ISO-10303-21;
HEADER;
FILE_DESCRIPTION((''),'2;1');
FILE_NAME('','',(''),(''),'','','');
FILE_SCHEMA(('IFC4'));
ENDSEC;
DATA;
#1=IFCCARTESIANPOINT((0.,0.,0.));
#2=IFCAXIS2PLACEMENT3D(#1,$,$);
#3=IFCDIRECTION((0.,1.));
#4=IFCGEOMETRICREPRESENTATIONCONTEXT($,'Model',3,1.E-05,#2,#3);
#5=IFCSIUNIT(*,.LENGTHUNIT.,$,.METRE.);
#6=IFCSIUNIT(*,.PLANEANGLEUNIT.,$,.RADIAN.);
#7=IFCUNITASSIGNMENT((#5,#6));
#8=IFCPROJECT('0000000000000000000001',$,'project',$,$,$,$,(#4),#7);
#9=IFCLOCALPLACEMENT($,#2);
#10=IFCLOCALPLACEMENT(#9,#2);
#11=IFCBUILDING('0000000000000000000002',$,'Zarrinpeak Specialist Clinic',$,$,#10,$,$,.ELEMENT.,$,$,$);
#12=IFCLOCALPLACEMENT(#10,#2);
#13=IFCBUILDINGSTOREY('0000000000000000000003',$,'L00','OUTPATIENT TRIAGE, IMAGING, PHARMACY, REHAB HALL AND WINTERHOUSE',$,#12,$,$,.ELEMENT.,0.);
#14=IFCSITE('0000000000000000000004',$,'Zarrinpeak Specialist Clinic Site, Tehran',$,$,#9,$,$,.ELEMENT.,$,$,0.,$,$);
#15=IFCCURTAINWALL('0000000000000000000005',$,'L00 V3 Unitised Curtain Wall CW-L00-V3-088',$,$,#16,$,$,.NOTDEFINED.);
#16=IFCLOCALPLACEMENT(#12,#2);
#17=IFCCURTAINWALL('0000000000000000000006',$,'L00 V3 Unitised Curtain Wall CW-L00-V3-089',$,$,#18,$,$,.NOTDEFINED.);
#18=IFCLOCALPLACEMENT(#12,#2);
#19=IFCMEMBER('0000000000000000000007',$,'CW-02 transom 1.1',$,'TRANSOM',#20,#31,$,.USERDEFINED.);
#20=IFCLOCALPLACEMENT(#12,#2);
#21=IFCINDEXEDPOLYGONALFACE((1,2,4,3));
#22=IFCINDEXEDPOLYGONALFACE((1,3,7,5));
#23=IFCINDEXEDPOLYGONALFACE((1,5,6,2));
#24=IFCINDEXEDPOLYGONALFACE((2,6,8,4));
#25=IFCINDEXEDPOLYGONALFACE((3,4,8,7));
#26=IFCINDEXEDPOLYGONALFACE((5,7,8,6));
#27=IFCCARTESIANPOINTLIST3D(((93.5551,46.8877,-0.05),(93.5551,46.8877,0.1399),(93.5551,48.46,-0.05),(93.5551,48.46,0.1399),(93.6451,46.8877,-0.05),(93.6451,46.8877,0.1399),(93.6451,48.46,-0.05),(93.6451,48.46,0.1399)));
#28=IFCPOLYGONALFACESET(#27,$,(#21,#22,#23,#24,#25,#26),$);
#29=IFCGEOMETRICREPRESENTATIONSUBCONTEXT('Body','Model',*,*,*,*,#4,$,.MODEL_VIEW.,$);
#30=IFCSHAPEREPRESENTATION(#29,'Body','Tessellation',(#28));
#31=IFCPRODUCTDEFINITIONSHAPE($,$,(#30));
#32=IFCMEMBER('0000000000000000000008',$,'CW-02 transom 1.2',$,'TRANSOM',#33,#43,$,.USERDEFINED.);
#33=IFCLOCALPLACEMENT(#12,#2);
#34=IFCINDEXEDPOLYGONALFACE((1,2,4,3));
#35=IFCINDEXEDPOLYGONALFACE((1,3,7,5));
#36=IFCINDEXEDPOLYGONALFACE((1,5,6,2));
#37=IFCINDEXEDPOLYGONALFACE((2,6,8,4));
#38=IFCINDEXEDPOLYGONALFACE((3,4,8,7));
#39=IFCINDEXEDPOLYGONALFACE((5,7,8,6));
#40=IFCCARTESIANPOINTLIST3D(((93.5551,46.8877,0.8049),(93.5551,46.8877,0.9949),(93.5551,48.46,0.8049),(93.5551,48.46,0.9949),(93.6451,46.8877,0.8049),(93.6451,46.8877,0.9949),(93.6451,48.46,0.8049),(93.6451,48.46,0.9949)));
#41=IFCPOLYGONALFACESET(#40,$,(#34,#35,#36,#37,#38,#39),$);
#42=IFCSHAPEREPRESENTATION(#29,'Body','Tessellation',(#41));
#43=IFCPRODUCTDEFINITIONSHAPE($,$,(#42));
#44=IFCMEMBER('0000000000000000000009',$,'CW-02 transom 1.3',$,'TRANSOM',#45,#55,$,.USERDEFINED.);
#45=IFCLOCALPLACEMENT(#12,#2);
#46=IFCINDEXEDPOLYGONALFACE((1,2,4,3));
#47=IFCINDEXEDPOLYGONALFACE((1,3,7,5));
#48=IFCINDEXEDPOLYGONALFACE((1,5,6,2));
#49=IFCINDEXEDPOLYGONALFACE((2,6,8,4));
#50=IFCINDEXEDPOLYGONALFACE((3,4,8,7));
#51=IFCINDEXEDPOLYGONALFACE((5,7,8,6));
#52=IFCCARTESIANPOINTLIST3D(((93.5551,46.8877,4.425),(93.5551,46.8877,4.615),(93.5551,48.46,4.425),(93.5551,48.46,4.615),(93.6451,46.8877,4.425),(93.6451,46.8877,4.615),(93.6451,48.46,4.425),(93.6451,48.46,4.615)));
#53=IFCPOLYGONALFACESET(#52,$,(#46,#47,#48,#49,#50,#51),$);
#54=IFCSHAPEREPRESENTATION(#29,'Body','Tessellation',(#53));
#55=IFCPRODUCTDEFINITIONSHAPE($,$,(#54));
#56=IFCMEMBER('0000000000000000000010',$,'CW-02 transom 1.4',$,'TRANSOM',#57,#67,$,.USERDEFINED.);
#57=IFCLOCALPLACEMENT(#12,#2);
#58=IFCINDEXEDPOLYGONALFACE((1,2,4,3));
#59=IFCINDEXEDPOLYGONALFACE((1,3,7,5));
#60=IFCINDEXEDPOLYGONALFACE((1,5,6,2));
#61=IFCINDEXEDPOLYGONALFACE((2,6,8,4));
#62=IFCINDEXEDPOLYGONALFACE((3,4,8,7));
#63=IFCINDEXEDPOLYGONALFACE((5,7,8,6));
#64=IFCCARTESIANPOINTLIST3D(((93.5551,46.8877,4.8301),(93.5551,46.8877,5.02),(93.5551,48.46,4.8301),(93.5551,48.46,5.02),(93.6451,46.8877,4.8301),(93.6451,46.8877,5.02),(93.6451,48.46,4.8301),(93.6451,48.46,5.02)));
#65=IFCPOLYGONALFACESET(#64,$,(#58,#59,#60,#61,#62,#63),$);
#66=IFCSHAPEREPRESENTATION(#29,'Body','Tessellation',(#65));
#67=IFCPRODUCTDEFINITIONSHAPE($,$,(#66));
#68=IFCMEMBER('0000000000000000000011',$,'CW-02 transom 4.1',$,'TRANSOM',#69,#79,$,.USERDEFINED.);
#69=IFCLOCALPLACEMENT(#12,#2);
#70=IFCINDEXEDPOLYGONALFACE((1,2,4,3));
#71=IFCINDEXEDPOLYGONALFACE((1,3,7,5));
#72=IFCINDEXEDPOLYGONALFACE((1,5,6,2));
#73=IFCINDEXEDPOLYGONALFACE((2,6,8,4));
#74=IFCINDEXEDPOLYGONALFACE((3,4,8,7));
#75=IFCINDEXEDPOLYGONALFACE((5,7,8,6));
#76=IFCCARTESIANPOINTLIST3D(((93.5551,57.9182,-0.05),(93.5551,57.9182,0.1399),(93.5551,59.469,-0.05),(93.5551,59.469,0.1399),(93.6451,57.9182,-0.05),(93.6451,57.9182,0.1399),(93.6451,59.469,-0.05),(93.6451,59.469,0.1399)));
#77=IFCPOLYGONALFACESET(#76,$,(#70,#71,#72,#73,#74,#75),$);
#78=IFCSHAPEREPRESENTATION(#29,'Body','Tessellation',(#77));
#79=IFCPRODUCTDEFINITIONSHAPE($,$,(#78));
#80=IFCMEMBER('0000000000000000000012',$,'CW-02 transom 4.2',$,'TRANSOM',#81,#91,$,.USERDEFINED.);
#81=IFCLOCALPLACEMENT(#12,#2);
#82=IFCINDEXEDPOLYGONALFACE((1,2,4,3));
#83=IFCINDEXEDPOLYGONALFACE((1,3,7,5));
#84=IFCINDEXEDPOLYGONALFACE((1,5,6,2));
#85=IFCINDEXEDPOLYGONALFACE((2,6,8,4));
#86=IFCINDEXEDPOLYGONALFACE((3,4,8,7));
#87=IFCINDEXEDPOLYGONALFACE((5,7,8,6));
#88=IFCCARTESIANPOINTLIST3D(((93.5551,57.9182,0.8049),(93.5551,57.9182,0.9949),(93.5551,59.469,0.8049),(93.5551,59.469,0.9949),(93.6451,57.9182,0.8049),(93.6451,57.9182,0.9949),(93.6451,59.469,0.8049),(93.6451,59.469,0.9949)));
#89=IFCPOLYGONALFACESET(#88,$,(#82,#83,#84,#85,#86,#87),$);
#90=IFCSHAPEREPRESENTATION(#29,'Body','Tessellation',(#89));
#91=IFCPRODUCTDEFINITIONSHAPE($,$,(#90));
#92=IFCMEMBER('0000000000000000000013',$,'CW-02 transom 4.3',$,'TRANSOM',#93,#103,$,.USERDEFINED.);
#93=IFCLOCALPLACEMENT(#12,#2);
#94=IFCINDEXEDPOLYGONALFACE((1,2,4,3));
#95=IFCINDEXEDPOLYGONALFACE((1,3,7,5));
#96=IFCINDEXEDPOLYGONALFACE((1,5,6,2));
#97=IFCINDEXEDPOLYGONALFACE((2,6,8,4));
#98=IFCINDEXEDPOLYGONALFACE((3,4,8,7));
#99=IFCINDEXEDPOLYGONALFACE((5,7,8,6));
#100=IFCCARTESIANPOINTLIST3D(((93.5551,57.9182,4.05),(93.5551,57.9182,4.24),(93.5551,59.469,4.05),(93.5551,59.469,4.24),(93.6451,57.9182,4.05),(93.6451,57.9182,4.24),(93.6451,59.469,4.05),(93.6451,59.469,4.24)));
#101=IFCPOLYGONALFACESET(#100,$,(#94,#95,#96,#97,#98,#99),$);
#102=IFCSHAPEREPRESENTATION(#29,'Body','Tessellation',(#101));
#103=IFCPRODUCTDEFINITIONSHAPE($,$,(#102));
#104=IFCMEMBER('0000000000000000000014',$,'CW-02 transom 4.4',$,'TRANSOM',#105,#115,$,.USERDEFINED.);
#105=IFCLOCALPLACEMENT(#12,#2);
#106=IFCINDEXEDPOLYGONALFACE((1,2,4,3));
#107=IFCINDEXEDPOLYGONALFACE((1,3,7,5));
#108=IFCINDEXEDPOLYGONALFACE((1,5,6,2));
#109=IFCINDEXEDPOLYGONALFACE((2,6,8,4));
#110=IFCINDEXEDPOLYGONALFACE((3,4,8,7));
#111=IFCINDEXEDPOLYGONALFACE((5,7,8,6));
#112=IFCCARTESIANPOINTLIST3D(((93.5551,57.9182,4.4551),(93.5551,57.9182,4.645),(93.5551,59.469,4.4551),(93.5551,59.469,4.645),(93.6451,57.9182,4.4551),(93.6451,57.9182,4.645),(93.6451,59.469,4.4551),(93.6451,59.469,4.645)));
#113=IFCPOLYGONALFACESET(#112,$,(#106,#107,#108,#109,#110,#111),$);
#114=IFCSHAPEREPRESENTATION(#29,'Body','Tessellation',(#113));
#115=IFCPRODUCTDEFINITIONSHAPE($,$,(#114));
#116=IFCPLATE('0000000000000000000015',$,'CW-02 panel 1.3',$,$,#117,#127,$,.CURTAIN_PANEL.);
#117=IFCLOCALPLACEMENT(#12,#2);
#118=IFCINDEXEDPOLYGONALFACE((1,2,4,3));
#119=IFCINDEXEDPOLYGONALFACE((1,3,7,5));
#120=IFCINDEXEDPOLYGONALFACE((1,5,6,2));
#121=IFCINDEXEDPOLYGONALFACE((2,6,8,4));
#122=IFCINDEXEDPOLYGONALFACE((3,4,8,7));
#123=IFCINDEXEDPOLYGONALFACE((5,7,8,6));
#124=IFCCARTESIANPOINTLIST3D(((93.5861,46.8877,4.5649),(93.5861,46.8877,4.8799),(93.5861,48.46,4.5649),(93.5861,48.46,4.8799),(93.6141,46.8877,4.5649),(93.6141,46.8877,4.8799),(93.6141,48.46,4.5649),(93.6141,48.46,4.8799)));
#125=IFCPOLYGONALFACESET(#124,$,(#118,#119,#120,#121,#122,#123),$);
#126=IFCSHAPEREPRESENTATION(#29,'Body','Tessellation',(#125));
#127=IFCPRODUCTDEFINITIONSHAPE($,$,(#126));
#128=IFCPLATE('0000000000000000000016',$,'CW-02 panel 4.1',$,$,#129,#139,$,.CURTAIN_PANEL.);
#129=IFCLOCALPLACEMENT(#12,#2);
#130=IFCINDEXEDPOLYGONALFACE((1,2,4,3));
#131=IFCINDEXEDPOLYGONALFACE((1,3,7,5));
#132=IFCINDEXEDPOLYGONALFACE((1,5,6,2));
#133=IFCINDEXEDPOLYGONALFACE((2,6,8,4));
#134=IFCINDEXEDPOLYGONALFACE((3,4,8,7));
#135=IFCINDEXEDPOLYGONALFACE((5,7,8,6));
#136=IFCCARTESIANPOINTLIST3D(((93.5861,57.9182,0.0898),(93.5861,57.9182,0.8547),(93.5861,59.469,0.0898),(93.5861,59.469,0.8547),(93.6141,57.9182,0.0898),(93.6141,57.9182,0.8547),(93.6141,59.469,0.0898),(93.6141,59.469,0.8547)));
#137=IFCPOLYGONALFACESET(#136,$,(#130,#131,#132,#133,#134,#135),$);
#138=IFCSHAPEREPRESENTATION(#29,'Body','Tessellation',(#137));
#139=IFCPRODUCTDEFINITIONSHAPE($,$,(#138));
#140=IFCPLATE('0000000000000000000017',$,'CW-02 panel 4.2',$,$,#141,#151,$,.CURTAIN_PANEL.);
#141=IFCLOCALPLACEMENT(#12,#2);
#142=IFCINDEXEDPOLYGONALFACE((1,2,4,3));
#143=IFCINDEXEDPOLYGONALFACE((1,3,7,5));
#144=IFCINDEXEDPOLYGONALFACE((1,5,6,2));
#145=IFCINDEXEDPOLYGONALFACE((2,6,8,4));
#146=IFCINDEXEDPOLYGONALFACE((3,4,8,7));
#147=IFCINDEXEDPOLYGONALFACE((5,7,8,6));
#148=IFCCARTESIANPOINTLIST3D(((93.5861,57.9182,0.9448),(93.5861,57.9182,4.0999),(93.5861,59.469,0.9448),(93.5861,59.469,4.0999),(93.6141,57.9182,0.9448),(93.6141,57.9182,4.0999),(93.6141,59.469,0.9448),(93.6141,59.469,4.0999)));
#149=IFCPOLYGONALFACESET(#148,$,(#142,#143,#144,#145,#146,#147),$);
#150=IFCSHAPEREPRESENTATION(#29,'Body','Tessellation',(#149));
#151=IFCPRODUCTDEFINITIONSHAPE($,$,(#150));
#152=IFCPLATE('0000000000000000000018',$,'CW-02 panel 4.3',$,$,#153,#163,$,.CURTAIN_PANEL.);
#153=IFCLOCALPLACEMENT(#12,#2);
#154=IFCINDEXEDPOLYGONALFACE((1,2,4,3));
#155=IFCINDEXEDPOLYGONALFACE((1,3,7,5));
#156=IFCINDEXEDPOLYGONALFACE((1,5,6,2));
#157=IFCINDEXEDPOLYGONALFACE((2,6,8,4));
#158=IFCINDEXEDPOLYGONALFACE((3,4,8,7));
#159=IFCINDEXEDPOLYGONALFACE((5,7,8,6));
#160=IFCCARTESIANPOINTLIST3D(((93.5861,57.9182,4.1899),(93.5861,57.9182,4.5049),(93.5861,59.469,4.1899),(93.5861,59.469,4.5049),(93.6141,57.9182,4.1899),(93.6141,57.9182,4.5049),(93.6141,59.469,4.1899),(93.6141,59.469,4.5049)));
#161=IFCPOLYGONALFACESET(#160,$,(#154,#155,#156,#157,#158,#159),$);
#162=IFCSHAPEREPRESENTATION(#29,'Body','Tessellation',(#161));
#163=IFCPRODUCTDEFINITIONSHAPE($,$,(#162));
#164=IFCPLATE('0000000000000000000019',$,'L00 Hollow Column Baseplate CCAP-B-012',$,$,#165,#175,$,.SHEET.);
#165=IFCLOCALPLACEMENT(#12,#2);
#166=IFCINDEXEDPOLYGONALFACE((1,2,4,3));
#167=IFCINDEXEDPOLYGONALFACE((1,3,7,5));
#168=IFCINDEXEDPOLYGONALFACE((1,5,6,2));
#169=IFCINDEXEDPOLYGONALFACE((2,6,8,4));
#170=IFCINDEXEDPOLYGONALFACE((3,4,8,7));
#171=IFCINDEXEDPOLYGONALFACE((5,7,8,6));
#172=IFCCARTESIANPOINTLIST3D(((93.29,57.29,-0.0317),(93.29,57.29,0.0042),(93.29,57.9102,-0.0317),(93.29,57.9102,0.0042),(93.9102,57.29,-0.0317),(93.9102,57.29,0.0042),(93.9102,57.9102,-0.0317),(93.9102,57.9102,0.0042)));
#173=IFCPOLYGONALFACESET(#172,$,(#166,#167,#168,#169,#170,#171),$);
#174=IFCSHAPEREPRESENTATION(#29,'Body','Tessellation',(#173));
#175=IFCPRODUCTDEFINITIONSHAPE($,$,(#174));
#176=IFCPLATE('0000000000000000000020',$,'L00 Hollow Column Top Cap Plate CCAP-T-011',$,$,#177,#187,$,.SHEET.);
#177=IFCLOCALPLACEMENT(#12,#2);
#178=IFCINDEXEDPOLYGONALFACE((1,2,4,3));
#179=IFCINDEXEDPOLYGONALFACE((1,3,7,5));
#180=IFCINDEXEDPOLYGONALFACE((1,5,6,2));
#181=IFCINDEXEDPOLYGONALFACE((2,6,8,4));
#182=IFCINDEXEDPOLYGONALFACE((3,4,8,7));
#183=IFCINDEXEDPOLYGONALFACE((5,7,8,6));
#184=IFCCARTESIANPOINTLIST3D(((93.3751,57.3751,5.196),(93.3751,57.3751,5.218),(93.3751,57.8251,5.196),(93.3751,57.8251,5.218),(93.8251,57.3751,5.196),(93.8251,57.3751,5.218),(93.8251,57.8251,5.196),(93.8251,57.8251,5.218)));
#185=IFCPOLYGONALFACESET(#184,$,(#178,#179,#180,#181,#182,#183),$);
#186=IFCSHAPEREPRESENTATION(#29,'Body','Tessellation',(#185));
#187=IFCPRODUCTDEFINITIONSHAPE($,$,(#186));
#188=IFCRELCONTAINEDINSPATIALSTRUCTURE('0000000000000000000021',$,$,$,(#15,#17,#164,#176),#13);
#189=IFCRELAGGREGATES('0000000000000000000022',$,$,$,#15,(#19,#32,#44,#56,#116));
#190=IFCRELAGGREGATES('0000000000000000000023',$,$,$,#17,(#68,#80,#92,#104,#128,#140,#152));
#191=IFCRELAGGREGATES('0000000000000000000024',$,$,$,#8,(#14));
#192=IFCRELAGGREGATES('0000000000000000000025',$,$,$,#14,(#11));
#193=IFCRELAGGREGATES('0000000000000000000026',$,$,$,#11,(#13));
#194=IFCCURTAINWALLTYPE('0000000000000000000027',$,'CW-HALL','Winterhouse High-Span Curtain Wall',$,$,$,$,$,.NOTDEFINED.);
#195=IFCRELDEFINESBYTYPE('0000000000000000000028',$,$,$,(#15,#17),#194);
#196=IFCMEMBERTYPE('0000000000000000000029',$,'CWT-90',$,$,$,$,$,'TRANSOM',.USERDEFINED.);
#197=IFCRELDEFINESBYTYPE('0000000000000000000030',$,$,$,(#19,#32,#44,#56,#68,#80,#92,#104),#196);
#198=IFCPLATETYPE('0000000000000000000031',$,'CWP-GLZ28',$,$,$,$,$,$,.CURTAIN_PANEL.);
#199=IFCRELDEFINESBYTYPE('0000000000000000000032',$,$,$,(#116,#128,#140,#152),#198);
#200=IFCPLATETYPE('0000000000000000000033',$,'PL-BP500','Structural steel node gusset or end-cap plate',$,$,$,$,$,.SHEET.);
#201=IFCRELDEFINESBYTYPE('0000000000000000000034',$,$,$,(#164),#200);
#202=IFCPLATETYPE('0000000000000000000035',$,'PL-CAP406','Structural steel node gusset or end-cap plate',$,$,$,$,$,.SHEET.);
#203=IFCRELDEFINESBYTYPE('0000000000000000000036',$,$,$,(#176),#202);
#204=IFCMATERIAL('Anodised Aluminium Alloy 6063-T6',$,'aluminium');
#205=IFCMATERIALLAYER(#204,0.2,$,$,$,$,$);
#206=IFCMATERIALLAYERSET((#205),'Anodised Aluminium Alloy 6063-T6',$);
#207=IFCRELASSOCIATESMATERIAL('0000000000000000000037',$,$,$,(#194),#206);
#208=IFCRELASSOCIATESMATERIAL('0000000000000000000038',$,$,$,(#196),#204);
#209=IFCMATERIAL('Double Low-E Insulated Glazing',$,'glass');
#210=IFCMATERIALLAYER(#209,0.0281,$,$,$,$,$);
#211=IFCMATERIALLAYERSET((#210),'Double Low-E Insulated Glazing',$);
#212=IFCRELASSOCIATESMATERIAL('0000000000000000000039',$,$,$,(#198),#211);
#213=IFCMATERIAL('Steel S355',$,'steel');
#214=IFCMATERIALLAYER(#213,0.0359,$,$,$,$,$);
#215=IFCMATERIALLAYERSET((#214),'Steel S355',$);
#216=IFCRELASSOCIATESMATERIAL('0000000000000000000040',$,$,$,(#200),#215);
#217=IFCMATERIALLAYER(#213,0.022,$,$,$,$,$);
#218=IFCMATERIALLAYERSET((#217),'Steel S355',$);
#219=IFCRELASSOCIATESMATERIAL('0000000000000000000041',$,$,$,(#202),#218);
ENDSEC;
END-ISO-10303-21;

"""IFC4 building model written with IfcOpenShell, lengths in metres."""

from ifc_helpers import new_model, si_unit, direction, frame, origin, origin_2d, place, context, subcontext, project, spatial, rectangle, extrude, material, layer, layer_set, material_profile, profile_set, type_object, element, aggregate, save


model = new_model("IFC4")

# Units and contexts
model_context = context("Model", 3, precision=1e-05, world=origin(), true_north=direction((0.0, 1.0)))
body_context = subcontext(model_context, "Body", "Model", "MODEL_VIEW")
ifc_project = project(units=[si_unit("LENGTHUNIT", "METRE"), si_unit("PLANEANGLEUNIT", "RADIAN")], contexts=[model_context])

# Site, building, storey
site_placement = place(None, origin())
site = spatial("IfcSite", under=ifc_project, at=site_placement, Name="Zarrinpeak Specialist Clinic Site, Tehran", CompositionType="ELEMENT", RefElevation=0.0)
building_placement = place(site_placement, origin())
building = spatial("IfcBuilding", under=site, at=building_placement, Name="Zarrinpeak Specialist Clinic", CompositionType="ELEMENT")
storey_placement = place(building_placement, origin())
storey = spatial("IfcBuildingStorey", under=building, at=storey_placement, Name="L00", Description="OUTPATIENT TRIAGE, IMAGING, PHARMACY, REHAB HALL AND WINTERHOUSE", CompositionType="ELEMENT", Elevation=0.0)

# Shared definitions
ifc_material_1 = material(Name="Steel S355", Category="steel")

# Curtain walls
ifc_material_2 = material(Name="Anodised Aluminium Alloy 6063-T6", Category="aluminium")
ifc_layer_1 = layer(ifc_material_2, 0.2)
ifc_layer_set_1 = layer_set([ifc_layer_1], Name="Anodised Aluminium Alloy 6063-T6")
curtain_wall_type = type_object("IfcCurtainWallType", Name="CW-HALL", Description="Winterhouse High-Span Curtain Wall", PredefinedType="NOTDEFINED", material=ifc_layer_set_1)
curtain_wall_1_placement = place(storey_placement, origin())
curtain_wall_1 = element("IfcCurtainWall", 1, at=curtain_wall_1_placement, inside=storey, type_object=curtain_wall_type, Name="L00 V3 Unitised Curtain Wall CW-L00-V3-088", PredefinedType="NOTDEFINED")
curtain_wall_2_placement = place(storey_placement, origin())
curtain_wall_2 = element("IfcCurtainWall", 2, at=curtain_wall_2_placement, inside=storey, type_object=curtain_wall_type, Name="L00 V3 Unitised Curtain Wall CW-L00-V3-089", PredefinedType="NOTDEFINED")

# Members
ifc_material_profile_1 = material_profile(ifc_material_2, rectangle(XDim=0.0901, YDim=0.1899, at=origin_2d()), Name="ALU 90x190")
ifc_profile_set_1 = profile_set([ifc_material_profile_1], Name="Anodised Aluminium Alloy 6063-T6")
member_type_1 = type_object("IfcMemberType", Name="CWT-90", ElementType="TRANSOM", PredefinedType="USERDEFINED", material=ifc_profile_set_1)
member_1_placement = place(storey_placement, frame((93.6001, 48.46, 0.0449), z_axis=(0.0, -1.0, 0.0), x_axis=(1.0, 0.0, 0.0)))
member_1 = element("IfcMember", 3, at=member_1_placement, type_object=member_type_1, Name="CW-02 transom 1.1", ObjectType="TRANSOM", PredefinedType="USERDEFINED", context=body_context, shape_type="SweptSolid", body=[
    extrude(rectangle(XDim=0.0901, YDim=0.1899, at=origin_2d()), origin(), (0.0, 0.0, 1.0), 1.5723),
])
member_2_placement = place(storey_placement, frame((93.6001, 48.46, 0.8999), z_axis=(0.0, -1.0, 0.0), x_axis=(1.0, 0.0, 0.0)))
member_2 = element("IfcMember", 4, at=member_2_placement, type_object=member_type_1, Name="CW-02 transom 1.2", ObjectType="TRANSOM", PredefinedType="USERDEFINED", context=body_context, shape_type="SweptSolid", body=[
    extrude(rectangle(XDim=0.0901, YDim=0.1899, at=origin_2d()), origin(), (0.0, 0.0, 1.0), 1.5723),
])
member_3_placement = place(storey_placement, frame((93.6001, 48.46, 4.52), z_axis=(0.0, -1.0, 0.0), x_axis=(1.0, 0.0, 0.0)))
member_3 = element("IfcMember", 5, at=member_3_placement, type_object=member_type_1, Name="CW-02 transom 1.3", ObjectType="TRANSOM", PredefinedType="USERDEFINED", context=body_context, shape_type="SweptSolid", body=[
    extrude(rectangle(XDim=0.0901, YDim=0.1899, at=origin_2d()), origin(), (0.0, 0.0, 1.0), 1.5723),
])
member_4_placement = place(storey_placement, frame((93.6001, 48.46, 4.925), z_axis=(0.0, -1.0, 0.0), x_axis=(1.0, 0.0, 0.0)))
member_4 = element("IfcMember", 6, at=member_4_placement, type_object=member_type_1, Name="CW-02 transom 1.4", ObjectType="TRANSOM", PredefinedType="USERDEFINED", context=body_context, shape_type="SweptSolid", body=[
    extrude(rectangle(XDim=0.0901, YDim=0.1899, at=origin_2d()), origin(), (0.0, 0.0, 1.0), 1.5723),
])
member_5_placement = place(storey_placement, frame((93.6001, 59.469, 0.0449), z_axis=(0.0, -1.0, 0.0), x_axis=(1.0, 0.0, 0.0)))
member_5 = element("IfcMember", 7, at=member_5_placement, type_object=member_type_1, Name="CW-02 transom 4.1", ObjectType="TRANSOM", PredefinedType="USERDEFINED", context=body_context, shape_type="SweptSolid", body=[
    extrude(rectangle(XDim=0.0901, YDim=0.1899, at=origin_2d()), origin(), (0.0, 0.0, 1.0), 1.5508),
])
member_6_placement = place(storey_placement, frame((93.6001, 59.469, 0.8999), z_axis=(0.0, -1.0, 0.0), x_axis=(1.0, 0.0, 0.0)))
member_6 = element("IfcMember", 8, at=member_6_placement, type_object=member_type_1, Name="CW-02 transom 4.2", ObjectType="TRANSOM", PredefinedType="USERDEFINED", context=body_context, shape_type="SweptSolid", body=[
    extrude(rectangle(XDim=0.0901, YDim=0.1899, at=origin_2d()), origin(), (0.0, 0.0, 1.0), 1.5508),
])
member_7_placement = place(storey_placement, frame((93.6001, 59.469, 4.145), z_axis=(0.0, -1.0, 0.0), x_axis=(1.0, 0.0, 0.0)))
member_7 = element("IfcMember", 9, at=member_7_placement, type_object=member_type_1, Name="CW-02 transom 4.3", ObjectType="TRANSOM", PredefinedType="USERDEFINED", context=body_context, shape_type="SweptSolid", body=[
    extrude(rectangle(XDim=0.0901, YDim=0.1899, at=origin_2d()), origin(), (0.0, 0.0, 1.0), 1.5508),
])
member_8_placement = place(storey_placement, frame((93.6001, 59.469, 4.55), z_axis=(0.0, -1.0, 0.0), x_axis=(1.0, 0.0, 0.0)))
member_8 = element("IfcMember", 10, at=member_8_placement, type_object=member_type_1, Name="CW-02 transom 4.4", ObjectType="TRANSOM", PredefinedType="USERDEFINED", context=body_context, shape_type="SweptSolid", body=[
    extrude(rectangle(XDim=0.0901, YDim=0.1899, at=origin_2d()), origin(), (0.0, 0.0, 1.0), 1.5508),
])

# Plates
ifc_material_3 = material(Name="Double Low-E Insulated Glazing", Category="glass")
ifc_layer_2 = layer(ifc_material_3, 0.0281)
ifc_layer_set_2 = layer_set([ifc_layer_2], Name="Double Low-E Insulated Glazing")
plate_type_1 = type_object("IfcPlateType", Name="CWP-GLZ28", PredefinedType="CURTAIN_PANEL", material=ifc_layer_set_2)
plate_1_placement = place(storey_placement, frame((93.6001, 47.6738, 4.5649), z_axis=(0.0, 0.0, 1.0), x_axis=(0.0, -1.0, 0.0)))
plate_1 = element("IfcPlate", 11, at=plate_1_placement, type_object=plate_type_1, Name="CW-02 panel 1.3", PredefinedType="CURTAIN_PANEL", context=body_context, shape_type="SweptSolid", body=[
    extrude(rectangle(XDim=1.5723, YDim=0.0281, at=origin_2d()), origin(), (0.0, 0.0, 1.0), 0.3149),
])
aggregate(curtain_wall_1, [member_1, member_2, member_3, member_4, plate_1])
plate_2_placement = place(storey_placement, frame((93.6001, 58.6936, 0.0898), z_axis=(0.0, 0.0, 1.0), x_axis=(0.0, -1.0, 0.0)))
plate_2 = element("IfcPlate", 12, at=plate_2_placement, type_object=plate_type_1, Name="CW-02 panel 4.1", PredefinedType="CURTAIN_PANEL", context=body_context, shape_type="SweptSolid", body=[
    extrude(rectangle(XDim=1.5508, YDim=0.0281, at=origin_2d()), origin(), (0.0, 0.0, 1.0), 0.7649),
])
plate_3_placement = place(storey_placement, frame((93.6001, 58.6936, 0.9448), z_axis=(0.0, 0.0, 1.0), x_axis=(0.0, -1.0, 0.0)))
plate_3 = element("IfcPlate", 13, at=plate_3_placement, type_object=plate_type_1, Name="CW-02 panel 4.2", PredefinedType="CURTAIN_PANEL", context=body_context, shape_type="SweptSolid", body=[
    extrude(rectangle(XDim=1.5508, YDim=0.0281, at=origin_2d()), origin(), (0.0, 0.0, 1.0), 3.155),
])
plate_4_placement = place(storey_placement, frame((93.6001, 58.6936, 4.1899), z_axis=(0.0, 0.0, 1.0), x_axis=(0.0, -1.0, 0.0)))
plate_4 = element("IfcPlate", 14, at=plate_4_placement, type_object=plate_type_1, Name="CW-02 panel 4.3", PredefinedType="CURTAIN_PANEL", context=body_context, shape_type="SweptSolid", body=[
    extrude(rectangle(XDim=1.5508, YDim=0.0281, at=origin_2d()), origin(), (0.0, 0.0, 1.0), 0.3149),
])
aggregate(curtain_wall_2, [member_5, member_6, member_7, member_8, plate_2, plate_3, plate_4])

# Plates
ifc_layer_3 = layer(ifc_material_1, 0.0359)
ifc_layer_set_3 = layer_set([ifc_layer_3], Name="Steel S355")
plate_type_2 = type_object("IfcPlateType", Name="PL-BP500", Description="Structural steel node gusset or end-cap plate", PredefinedType="SHEET", material=ifc_layer_set_3)
plate_5_placement = place(storey_placement, frame((93.6001, 57.6001, -0.0317), z_axis=(0.0, 0.0, 1.0), x_axis=(1.0, 0.0, 0.0)))
element("IfcPlate", 15, at=plate_5_placement, inside=storey, type_object=plate_type_2, Name="L00 Hollow Column Baseplate CCAP-B-012", PredefinedType="SHEET", context=body_context, shape_type="SweptSolid", body=[
    extrude(rectangle(XDim=0.6201, YDim=0.6201, at=origin_2d()), origin(), (0.0, 0.0, 1.0), 0.0359),
])
ifc_layer_4 = layer(ifc_material_1, 0.022)
ifc_layer_set_4 = layer_set([ifc_layer_4], Name="Steel S355")
plate_type_3 = type_object("IfcPlateType", Name="PL-CAP406", Description="Structural steel node gusset or end-cap plate", PredefinedType="SHEET", material=ifc_layer_set_4)
plate_6_placement = place(storey_placement, frame((93.6001, 57.6001, 5.196), z_axis=(0.0, 0.0, 1.0), x_axis=(1.0, 0.0, 0.0)))
element("IfcPlate", 16, at=plate_6_placement, inside=storey, type_object=plate_type_3, Name="L00 Hollow Column Top Cap Plate CCAP-T-011", PredefinedType="SHEET", context=body_context, shape_type="SweptSolid", body=[
    extrude(rectangle(XDim=0.45, YDim=0.45, at=origin_2d()), origin(), (0.0, 0.0, 1.0), 0.022),
])

save(model, "model.ifc")
